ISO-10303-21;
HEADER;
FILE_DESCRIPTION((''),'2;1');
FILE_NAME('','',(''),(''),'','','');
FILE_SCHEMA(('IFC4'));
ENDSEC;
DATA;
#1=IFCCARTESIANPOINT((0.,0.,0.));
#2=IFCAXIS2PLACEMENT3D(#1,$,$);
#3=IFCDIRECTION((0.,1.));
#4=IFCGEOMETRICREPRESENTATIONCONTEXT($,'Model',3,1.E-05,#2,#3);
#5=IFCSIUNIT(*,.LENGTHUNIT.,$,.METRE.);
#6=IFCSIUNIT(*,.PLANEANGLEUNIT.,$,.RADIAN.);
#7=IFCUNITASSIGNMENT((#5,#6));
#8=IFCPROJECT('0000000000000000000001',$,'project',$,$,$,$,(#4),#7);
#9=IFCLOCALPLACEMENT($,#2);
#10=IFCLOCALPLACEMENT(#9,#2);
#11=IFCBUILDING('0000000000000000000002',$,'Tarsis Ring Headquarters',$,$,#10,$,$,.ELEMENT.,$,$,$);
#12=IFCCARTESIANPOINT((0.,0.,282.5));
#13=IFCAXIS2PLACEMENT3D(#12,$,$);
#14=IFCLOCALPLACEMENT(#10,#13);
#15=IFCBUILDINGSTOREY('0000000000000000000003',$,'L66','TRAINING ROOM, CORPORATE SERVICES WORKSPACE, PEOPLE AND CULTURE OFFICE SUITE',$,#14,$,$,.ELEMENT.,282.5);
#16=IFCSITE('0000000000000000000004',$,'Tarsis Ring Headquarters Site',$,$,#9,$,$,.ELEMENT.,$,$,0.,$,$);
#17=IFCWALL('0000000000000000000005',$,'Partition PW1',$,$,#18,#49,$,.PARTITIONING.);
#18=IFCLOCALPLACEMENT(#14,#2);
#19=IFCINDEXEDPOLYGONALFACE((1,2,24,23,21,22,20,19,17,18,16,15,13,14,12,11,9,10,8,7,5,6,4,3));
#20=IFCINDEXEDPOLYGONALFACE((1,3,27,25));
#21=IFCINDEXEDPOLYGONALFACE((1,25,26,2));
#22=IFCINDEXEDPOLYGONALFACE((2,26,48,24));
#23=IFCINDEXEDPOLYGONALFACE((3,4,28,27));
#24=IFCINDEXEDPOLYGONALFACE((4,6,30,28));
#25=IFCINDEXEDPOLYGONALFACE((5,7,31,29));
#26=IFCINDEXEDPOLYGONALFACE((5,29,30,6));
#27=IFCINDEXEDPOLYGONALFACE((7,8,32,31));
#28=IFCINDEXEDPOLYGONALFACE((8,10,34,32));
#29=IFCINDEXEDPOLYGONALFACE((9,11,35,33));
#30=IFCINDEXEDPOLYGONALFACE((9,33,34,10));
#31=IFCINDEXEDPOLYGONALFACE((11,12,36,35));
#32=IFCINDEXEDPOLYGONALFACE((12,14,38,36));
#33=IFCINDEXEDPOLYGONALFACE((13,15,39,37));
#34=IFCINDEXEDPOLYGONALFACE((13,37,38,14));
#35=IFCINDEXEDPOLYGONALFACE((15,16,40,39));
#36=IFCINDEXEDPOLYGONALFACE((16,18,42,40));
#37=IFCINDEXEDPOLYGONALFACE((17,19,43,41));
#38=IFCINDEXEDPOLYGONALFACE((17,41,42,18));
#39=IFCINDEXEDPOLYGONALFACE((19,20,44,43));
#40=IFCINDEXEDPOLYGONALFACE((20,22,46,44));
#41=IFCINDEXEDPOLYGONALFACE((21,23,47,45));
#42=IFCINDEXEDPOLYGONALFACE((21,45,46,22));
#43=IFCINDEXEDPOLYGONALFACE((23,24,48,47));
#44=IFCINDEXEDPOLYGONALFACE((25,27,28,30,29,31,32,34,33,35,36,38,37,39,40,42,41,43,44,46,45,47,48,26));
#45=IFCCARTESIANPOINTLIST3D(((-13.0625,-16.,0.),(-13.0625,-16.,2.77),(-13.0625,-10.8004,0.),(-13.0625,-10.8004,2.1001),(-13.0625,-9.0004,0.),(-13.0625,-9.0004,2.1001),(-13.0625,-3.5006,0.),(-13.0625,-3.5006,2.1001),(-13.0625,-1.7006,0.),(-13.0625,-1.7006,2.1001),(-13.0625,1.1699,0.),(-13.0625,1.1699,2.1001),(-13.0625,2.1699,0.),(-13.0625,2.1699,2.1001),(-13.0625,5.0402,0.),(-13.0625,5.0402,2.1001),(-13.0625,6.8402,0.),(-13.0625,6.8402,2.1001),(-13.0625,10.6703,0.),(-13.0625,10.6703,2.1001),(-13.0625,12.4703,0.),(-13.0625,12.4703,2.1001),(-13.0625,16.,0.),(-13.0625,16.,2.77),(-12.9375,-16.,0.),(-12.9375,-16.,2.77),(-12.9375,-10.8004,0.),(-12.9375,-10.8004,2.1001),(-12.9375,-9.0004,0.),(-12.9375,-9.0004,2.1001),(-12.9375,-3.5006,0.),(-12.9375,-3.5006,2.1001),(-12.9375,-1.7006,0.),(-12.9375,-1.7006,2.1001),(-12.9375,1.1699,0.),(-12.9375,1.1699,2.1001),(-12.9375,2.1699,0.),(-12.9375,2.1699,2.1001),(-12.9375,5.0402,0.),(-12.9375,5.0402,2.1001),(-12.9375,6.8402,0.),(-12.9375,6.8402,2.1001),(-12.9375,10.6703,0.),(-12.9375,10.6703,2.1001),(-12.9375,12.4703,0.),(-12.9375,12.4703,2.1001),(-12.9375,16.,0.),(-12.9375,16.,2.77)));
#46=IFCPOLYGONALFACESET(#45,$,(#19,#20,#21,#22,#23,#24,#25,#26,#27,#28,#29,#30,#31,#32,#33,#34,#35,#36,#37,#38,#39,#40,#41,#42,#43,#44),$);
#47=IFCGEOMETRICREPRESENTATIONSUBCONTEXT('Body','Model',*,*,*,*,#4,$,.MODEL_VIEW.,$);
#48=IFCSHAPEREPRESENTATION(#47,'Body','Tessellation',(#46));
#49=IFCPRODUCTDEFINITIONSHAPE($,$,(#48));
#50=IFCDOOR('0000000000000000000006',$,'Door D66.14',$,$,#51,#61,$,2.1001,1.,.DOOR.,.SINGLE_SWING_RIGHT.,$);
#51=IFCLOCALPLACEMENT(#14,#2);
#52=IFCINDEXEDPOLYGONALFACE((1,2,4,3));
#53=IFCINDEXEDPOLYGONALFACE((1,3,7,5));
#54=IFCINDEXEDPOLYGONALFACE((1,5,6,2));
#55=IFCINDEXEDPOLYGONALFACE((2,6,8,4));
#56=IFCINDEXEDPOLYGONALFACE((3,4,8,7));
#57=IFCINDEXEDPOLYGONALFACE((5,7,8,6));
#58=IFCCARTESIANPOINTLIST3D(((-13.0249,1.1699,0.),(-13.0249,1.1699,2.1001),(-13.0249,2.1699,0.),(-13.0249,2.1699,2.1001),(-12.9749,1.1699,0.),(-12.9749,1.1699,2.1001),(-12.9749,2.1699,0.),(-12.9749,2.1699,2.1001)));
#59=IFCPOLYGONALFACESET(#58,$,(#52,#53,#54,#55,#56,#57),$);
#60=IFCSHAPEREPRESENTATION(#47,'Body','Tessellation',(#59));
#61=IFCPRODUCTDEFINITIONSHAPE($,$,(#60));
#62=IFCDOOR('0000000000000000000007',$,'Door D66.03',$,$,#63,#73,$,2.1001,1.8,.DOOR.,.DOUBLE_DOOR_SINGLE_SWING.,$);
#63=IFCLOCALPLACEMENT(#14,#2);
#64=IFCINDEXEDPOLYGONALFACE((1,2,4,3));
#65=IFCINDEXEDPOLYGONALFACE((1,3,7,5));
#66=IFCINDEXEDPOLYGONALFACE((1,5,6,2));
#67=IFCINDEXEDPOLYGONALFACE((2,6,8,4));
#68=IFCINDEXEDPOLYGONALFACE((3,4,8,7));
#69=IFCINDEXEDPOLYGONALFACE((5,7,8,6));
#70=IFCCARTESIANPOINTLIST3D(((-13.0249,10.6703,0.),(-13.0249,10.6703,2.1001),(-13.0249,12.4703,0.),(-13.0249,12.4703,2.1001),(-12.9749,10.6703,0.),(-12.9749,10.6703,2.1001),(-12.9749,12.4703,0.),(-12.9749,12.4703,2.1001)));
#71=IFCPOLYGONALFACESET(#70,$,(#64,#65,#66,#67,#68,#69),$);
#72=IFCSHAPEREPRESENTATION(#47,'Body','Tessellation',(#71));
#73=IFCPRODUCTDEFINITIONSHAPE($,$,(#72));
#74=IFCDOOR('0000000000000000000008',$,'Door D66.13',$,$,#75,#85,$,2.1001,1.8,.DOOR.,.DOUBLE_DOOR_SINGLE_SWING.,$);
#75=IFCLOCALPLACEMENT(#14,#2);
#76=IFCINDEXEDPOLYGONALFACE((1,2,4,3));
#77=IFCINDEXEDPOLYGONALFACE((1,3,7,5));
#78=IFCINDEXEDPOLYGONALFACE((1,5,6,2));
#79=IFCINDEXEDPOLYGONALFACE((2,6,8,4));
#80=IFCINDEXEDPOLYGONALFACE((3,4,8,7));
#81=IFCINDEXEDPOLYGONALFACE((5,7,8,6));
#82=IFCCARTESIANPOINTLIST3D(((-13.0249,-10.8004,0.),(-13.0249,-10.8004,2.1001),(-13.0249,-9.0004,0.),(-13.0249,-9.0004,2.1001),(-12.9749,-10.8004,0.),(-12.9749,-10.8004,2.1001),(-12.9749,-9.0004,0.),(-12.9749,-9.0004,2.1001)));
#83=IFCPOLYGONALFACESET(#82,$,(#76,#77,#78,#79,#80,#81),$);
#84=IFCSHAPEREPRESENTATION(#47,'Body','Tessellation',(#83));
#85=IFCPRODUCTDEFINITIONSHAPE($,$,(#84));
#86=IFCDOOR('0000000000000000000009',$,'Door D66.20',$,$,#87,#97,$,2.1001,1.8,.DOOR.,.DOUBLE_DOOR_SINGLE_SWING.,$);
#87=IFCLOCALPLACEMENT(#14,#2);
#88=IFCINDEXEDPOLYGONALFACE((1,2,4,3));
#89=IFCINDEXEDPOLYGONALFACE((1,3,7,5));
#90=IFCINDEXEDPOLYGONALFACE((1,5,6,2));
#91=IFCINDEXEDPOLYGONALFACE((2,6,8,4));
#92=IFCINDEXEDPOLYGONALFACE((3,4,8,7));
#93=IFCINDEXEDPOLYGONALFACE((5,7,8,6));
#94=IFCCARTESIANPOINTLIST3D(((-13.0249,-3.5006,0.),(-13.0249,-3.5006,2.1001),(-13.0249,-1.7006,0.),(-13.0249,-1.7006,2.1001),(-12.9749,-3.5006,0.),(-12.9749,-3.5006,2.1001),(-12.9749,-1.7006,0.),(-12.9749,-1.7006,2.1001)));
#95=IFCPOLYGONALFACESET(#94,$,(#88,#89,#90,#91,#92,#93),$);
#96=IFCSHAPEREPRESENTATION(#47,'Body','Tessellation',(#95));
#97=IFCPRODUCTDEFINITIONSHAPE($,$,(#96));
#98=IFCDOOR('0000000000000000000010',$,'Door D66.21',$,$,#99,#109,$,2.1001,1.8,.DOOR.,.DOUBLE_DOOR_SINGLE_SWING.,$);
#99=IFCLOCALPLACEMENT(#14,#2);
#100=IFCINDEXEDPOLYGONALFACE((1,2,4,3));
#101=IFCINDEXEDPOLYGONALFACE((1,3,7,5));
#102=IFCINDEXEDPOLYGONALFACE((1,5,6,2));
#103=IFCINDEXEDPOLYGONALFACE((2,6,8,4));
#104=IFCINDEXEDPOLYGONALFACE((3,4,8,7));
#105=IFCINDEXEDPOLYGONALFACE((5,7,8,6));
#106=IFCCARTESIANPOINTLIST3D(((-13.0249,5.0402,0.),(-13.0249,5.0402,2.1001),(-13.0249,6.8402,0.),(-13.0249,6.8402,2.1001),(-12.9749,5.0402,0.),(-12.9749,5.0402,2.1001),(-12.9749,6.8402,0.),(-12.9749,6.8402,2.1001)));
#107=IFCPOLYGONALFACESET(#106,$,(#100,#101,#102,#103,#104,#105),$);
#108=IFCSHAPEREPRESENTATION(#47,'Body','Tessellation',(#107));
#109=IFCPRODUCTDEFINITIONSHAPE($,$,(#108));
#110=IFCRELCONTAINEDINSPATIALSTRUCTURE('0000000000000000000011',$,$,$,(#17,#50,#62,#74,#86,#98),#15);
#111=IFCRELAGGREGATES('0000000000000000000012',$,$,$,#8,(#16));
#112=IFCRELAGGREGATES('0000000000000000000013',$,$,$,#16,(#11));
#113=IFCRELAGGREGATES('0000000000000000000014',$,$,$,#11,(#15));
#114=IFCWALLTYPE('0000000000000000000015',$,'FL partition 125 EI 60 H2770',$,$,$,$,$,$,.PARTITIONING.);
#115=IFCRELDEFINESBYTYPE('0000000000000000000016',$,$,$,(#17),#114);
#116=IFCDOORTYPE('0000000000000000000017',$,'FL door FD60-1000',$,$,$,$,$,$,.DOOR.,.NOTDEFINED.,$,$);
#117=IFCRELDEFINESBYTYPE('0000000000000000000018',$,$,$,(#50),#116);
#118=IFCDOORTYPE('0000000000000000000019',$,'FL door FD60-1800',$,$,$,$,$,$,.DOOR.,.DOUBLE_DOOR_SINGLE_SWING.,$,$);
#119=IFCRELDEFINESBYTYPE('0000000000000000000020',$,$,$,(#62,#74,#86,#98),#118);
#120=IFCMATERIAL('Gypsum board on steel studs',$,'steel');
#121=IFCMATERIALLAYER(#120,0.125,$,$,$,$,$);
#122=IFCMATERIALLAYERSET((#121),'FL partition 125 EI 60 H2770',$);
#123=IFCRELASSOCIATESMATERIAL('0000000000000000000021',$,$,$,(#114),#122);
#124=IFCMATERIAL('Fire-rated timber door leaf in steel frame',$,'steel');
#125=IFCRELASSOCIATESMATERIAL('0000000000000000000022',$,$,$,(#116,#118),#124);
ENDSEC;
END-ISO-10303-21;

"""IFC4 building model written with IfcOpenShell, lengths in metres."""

from ifc_helpers import new_model, si_unit, direction, frame, frame_2d, origin, place, context, subcontext, project, spatial, rectangle, extrude, material, layer, layer_set, type_object, element, fill, save


model = new_model("IFC4")

# Units and contexts
model_context = context("Model", 3, precision=1e-05, world=origin(), true_north=direction((0.0, 1.0)))
body_context = subcontext(model_context, "Body", "Model", "MODEL_VIEW")
ifc_project = project(units=[si_unit("LENGTHUNIT", "METRE"), si_unit("PLANEANGLEUNIT", "RADIAN")], contexts=[model_context])

# Site, building, storey
site_placement = place(None, origin())
site = spatial("IfcSite", under=ifc_project, at=site_placement, Name="Tarsis Ring Headquarters Site", CompositionType="ELEMENT", RefElevation=0.0)
building_placement = place(site_placement, origin())
building = spatial("IfcBuilding", under=site, at=building_placement, Name="Tarsis Ring Headquarters", CompositionType="ELEMENT")
storey_placement = place(building_placement, frame((0.0, 0.0, 282.5)))
storey = spatial("IfcBuildingStorey", under=building, at=storey_placement, Name="L66", Description="TRAINING ROOM, CORPORATE SERVICES WORKSPACE, PEOPLE AND CULTURE OFFICE SUITE", CompositionType="ELEMENT", Elevation=282.5)

# Shared definitions
ifc_material_1 = material(Name="Gypsum board on steel studs", Category="steel")

# Wall, openings, doors
ifc_layer_1 = layer(ifc_material_1, 0.125)
ifc_layer_set_1 = layer_set([ifc_layer_1], Name="FL partition 125 EI 60 H2770")
wall_type_1 = type_object("IfcWallType", Name="FL partition 125 EI 60 H2770", PredefinedType="PARTITIONING", material=ifc_layer_set_1)
wall_1_placement = place(storey_placement, frame((-13.0, -16.0, 0.0), z_axis=(0.0, 0.0, 1.0), x_axis=(0.0, 1.0, 0.0)))
wall_1 = element("IfcWall", 1, at=wall_1_placement, inside=storey, type_object=wall_type_1, Name="Partition PW1", PredefinedType="PARTITIONING", context=body_context, shape_type="SweptSolid", body=[
    extrude(rectangle(XDim=32.0, YDim=0.125, at=frame_2d((16.0, 0.0))), origin(), (0.0, 0.0, 1.0), 2.77),
])
opening_1_placement = place(wall_1_placement, frame((26.6704, 0.0, 0.0)))
opening_1 = element("IfcOpeningElement", 2, at=opening_1_placement, cuts=wall_1, PredefinedType="OPENING", context=body_context, shape_type="SweptSolid", body=[
    extrude(rectangle(XDim=1.8, YDim=2.1001, at=frame_2d((0.8999, 1.05))), frame((0.0, 0.0725, 0.0), z_axis=(0.0, -1.0, 0.0), x_axis=(1.0, 0.0, 0.0)), (0.0, 0.0, 1.0), 0.145),
])
opening_2_placement = place(wall_1_placement, frame((5.1997, 0.0, 0.0)))
opening_2 = element("IfcOpeningElement", 3, at=opening_2_placement, cuts=wall_1, PredefinedType="OPENING", context=body_context, shape_type="SweptSolid", body=[
    extrude(rectangle(XDim=1.8, YDim=2.1001, at=frame_2d((0.8999, 1.05))), frame((0.0, 0.0725, 0.0), z_axis=(0.0, -1.0, 0.0), x_axis=(1.0, 0.0, 0.0)), (0.0, 0.0, 1.0), 0.145),
])
opening_3_placement = place(wall_1_placement, frame((17.1699, 0.0, 0.0)))
opening_3 = element("IfcOpeningElement", 4, at=opening_3_placement, cuts=wall_1, PredefinedType="OPENING", context=body_context, shape_type="SweptSolid", body=[
    extrude(rectangle(XDim=1.0, YDim=2.1001, at=frame_2d((0.5, 1.05))), frame((0.0, 0.0725, 0.0), z_axis=(0.0, -1.0, 0.0), x_axis=(1.0, 0.0, 0.0)), (0.0, 0.0, 1.0), 0.145),
])
opening_4_placement = place(wall_1_placement, frame((12.4995, 0.0, 0.0)))
opening_4 = element("IfcOpeningElement", 5, at=opening_4_placement, cuts=wall_1, PredefinedType="OPENING", context=body_context, shape_type="SweptSolid", body=[
    extrude(rectangle(XDim=1.8, YDim=2.1001, at=frame_2d((0.8999, 1.05))), frame((0.0, 0.0725, 0.0), z_axis=(0.0, -1.0, 0.0), x_axis=(1.0, 0.0, 0.0)), (0.0, 0.0, 1.0), 0.145),
])
opening_5_placement = place(wall_1_placement, frame((21.0403, 0.0, 0.0)))
opening_5 = element("IfcOpeningElement", 6, at=opening_5_placement, cuts=wall_1, PredefinedType="OPENING", context=body_context, shape_type="SweptSolid", body=[
    extrude(rectangle(XDim=1.8, YDim=2.1001, at=frame_2d((0.8999, 1.05))), frame((0.0, 0.0725, 0.0), z_axis=(0.0, -1.0, 0.0), x_axis=(1.0, 0.0, 0.0)), (0.0, 0.0, 1.0), 0.145),
])
ifc_material_2 = material(Name="Fire-rated timber door leaf in steel frame", Category="steel")
door_type_1 = type_object("IfcDoorType", Name="FL door FD60-1000", OperationType="NOTDEFINED", PredefinedType="DOOR", material=ifc_material_2)
door_1_placement = place(opening_3_placement, origin())
door_1 = element("IfcDoor", 7, at=door_1_placement, inside=storey, type_object=door_type_1, Name="Door D66.14", OperationType="SINGLE_SWING_RIGHT", OverallHeight=2.1001, OverallWidth=1.0, PredefinedType="DOOR", context=body_context, shape_type="SweptSolid", body=[
    extrude(rectangle(XDim=1.0, YDim=2.1001, at=frame_2d((0.5, 1.05))), frame((0.0, 0.0249, 0.0), z_axis=(0.0, -1.0, 0.0), x_axis=(1.0, 0.0, 0.0)), (0.0, 0.0, 1.0), 0.05),
])
fill(opening_3, door_1)
door_type_2 = type_object("IfcDoorType", Name="FL door FD60-1800", OperationType="DOUBLE_DOOR_SINGLE_SWING", PredefinedType="DOOR", material=ifc_material_2)
door_2_placement = place(opening_1_placement, origin())
door_2 = element("IfcDoor", 8, at=door_2_placement, inside=storey, type_object=door_type_2, Name="Door D66.03", OperationType="DOUBLE_DOOR_SINGLE_SWING", OverallHeight=2.1001, OverallWidth=1.8, PredefinedType="DOOR", context=body_context, shape_type="SweptSolid", body=[
    extrude(rectangle(XDim=1.8, YDim=2.1001, at=frame_2d((0.8999, 1.05))), frame((0.0, 0.0249, 0.0), z_axis=(0.0, -1.0, 0.0), x_axis=(1.0, 0.0, 0.0)), (0.0, 0.0, 1.0), 0.05),
])
fill(opening_1, door_2)
door_3_placement = place(opening_2_placement, origin())
door_3 = element("IfcDoor", 9, at=door_3_placement, inside=storey, type_object=door_type_2, Name="Door D66.13", OperationType="DOUBLE_DOOR_SINGLE_SWING", OverallHeight=2.1001, OverallWidth=1.8, PredefinedType="DOOR", context=body_context, shape_type="SweptSolid", body=[
    extrude(rectangle(XDim=1.8, YDim=2.1001, at=frame_2d((0.8999, 1.05))), frame((0.0, 0.0249, 0.0), z_axis=(0.0, -1.0, 0.0), x_axis=(1.0, 0.0, 0.0)), (0.0, 0.0, 1.0), 0.05),
])
fill(opening_2, door_3)
door_4_placement = place(opening_4_placement, origin())
door_4 = element("IfcDoor", 10, at=door_4_placement, inside=storey, type_object=door_type_2, Name="Door D66.20", OperationType="DOUBLE_DOOR_SINGLE_SWING", OverallHeight=2.1001, OverallWidth=1.8, PredefinedType="DOOR", context=body_context, shape_type="SweptSolid", body=[
    extrude(rectangle(XDim=1.8, YDim=2.1001, at=frame_2d((0.8999, 1.05))), frame((0.0, 0.0249, 0.0), z_axis=(0.0, -1.0, 0.0), x_axis=(1.0, 0.0, 0.0)), (0.0, 0.0, 1.0), 0.05),
])
fill(opening_4, door_4)
door_5_placement = place(opening_5_placement, origin())
door_5 = element("IfcDoor", 11, at=door_5_placement, inside=storey, type_object=door_type_2, Name="Door D66.21", OperationType="DOUBLE_DOOR_SINGLE_SWING", OverallHeight=2.1001, OverallWidth=1.8, PredefinedType="DOOR", context=body_context, shape_type="SweptSolid", body=[
    extrude(rectangle(XDim=1.8, YDim=2.1001, at=frame_2d((0.8999, 1.05))), frame((0.0, 0.0249, 0.0), z_axis=(0.0, -1.0, 0.0), x_axis=(1.0, 0.0, 0.0)), (0.0, 0.0, 1.0), 0.05),
])
fill(opening_5, door_5)

save(model, "model.ifc")
